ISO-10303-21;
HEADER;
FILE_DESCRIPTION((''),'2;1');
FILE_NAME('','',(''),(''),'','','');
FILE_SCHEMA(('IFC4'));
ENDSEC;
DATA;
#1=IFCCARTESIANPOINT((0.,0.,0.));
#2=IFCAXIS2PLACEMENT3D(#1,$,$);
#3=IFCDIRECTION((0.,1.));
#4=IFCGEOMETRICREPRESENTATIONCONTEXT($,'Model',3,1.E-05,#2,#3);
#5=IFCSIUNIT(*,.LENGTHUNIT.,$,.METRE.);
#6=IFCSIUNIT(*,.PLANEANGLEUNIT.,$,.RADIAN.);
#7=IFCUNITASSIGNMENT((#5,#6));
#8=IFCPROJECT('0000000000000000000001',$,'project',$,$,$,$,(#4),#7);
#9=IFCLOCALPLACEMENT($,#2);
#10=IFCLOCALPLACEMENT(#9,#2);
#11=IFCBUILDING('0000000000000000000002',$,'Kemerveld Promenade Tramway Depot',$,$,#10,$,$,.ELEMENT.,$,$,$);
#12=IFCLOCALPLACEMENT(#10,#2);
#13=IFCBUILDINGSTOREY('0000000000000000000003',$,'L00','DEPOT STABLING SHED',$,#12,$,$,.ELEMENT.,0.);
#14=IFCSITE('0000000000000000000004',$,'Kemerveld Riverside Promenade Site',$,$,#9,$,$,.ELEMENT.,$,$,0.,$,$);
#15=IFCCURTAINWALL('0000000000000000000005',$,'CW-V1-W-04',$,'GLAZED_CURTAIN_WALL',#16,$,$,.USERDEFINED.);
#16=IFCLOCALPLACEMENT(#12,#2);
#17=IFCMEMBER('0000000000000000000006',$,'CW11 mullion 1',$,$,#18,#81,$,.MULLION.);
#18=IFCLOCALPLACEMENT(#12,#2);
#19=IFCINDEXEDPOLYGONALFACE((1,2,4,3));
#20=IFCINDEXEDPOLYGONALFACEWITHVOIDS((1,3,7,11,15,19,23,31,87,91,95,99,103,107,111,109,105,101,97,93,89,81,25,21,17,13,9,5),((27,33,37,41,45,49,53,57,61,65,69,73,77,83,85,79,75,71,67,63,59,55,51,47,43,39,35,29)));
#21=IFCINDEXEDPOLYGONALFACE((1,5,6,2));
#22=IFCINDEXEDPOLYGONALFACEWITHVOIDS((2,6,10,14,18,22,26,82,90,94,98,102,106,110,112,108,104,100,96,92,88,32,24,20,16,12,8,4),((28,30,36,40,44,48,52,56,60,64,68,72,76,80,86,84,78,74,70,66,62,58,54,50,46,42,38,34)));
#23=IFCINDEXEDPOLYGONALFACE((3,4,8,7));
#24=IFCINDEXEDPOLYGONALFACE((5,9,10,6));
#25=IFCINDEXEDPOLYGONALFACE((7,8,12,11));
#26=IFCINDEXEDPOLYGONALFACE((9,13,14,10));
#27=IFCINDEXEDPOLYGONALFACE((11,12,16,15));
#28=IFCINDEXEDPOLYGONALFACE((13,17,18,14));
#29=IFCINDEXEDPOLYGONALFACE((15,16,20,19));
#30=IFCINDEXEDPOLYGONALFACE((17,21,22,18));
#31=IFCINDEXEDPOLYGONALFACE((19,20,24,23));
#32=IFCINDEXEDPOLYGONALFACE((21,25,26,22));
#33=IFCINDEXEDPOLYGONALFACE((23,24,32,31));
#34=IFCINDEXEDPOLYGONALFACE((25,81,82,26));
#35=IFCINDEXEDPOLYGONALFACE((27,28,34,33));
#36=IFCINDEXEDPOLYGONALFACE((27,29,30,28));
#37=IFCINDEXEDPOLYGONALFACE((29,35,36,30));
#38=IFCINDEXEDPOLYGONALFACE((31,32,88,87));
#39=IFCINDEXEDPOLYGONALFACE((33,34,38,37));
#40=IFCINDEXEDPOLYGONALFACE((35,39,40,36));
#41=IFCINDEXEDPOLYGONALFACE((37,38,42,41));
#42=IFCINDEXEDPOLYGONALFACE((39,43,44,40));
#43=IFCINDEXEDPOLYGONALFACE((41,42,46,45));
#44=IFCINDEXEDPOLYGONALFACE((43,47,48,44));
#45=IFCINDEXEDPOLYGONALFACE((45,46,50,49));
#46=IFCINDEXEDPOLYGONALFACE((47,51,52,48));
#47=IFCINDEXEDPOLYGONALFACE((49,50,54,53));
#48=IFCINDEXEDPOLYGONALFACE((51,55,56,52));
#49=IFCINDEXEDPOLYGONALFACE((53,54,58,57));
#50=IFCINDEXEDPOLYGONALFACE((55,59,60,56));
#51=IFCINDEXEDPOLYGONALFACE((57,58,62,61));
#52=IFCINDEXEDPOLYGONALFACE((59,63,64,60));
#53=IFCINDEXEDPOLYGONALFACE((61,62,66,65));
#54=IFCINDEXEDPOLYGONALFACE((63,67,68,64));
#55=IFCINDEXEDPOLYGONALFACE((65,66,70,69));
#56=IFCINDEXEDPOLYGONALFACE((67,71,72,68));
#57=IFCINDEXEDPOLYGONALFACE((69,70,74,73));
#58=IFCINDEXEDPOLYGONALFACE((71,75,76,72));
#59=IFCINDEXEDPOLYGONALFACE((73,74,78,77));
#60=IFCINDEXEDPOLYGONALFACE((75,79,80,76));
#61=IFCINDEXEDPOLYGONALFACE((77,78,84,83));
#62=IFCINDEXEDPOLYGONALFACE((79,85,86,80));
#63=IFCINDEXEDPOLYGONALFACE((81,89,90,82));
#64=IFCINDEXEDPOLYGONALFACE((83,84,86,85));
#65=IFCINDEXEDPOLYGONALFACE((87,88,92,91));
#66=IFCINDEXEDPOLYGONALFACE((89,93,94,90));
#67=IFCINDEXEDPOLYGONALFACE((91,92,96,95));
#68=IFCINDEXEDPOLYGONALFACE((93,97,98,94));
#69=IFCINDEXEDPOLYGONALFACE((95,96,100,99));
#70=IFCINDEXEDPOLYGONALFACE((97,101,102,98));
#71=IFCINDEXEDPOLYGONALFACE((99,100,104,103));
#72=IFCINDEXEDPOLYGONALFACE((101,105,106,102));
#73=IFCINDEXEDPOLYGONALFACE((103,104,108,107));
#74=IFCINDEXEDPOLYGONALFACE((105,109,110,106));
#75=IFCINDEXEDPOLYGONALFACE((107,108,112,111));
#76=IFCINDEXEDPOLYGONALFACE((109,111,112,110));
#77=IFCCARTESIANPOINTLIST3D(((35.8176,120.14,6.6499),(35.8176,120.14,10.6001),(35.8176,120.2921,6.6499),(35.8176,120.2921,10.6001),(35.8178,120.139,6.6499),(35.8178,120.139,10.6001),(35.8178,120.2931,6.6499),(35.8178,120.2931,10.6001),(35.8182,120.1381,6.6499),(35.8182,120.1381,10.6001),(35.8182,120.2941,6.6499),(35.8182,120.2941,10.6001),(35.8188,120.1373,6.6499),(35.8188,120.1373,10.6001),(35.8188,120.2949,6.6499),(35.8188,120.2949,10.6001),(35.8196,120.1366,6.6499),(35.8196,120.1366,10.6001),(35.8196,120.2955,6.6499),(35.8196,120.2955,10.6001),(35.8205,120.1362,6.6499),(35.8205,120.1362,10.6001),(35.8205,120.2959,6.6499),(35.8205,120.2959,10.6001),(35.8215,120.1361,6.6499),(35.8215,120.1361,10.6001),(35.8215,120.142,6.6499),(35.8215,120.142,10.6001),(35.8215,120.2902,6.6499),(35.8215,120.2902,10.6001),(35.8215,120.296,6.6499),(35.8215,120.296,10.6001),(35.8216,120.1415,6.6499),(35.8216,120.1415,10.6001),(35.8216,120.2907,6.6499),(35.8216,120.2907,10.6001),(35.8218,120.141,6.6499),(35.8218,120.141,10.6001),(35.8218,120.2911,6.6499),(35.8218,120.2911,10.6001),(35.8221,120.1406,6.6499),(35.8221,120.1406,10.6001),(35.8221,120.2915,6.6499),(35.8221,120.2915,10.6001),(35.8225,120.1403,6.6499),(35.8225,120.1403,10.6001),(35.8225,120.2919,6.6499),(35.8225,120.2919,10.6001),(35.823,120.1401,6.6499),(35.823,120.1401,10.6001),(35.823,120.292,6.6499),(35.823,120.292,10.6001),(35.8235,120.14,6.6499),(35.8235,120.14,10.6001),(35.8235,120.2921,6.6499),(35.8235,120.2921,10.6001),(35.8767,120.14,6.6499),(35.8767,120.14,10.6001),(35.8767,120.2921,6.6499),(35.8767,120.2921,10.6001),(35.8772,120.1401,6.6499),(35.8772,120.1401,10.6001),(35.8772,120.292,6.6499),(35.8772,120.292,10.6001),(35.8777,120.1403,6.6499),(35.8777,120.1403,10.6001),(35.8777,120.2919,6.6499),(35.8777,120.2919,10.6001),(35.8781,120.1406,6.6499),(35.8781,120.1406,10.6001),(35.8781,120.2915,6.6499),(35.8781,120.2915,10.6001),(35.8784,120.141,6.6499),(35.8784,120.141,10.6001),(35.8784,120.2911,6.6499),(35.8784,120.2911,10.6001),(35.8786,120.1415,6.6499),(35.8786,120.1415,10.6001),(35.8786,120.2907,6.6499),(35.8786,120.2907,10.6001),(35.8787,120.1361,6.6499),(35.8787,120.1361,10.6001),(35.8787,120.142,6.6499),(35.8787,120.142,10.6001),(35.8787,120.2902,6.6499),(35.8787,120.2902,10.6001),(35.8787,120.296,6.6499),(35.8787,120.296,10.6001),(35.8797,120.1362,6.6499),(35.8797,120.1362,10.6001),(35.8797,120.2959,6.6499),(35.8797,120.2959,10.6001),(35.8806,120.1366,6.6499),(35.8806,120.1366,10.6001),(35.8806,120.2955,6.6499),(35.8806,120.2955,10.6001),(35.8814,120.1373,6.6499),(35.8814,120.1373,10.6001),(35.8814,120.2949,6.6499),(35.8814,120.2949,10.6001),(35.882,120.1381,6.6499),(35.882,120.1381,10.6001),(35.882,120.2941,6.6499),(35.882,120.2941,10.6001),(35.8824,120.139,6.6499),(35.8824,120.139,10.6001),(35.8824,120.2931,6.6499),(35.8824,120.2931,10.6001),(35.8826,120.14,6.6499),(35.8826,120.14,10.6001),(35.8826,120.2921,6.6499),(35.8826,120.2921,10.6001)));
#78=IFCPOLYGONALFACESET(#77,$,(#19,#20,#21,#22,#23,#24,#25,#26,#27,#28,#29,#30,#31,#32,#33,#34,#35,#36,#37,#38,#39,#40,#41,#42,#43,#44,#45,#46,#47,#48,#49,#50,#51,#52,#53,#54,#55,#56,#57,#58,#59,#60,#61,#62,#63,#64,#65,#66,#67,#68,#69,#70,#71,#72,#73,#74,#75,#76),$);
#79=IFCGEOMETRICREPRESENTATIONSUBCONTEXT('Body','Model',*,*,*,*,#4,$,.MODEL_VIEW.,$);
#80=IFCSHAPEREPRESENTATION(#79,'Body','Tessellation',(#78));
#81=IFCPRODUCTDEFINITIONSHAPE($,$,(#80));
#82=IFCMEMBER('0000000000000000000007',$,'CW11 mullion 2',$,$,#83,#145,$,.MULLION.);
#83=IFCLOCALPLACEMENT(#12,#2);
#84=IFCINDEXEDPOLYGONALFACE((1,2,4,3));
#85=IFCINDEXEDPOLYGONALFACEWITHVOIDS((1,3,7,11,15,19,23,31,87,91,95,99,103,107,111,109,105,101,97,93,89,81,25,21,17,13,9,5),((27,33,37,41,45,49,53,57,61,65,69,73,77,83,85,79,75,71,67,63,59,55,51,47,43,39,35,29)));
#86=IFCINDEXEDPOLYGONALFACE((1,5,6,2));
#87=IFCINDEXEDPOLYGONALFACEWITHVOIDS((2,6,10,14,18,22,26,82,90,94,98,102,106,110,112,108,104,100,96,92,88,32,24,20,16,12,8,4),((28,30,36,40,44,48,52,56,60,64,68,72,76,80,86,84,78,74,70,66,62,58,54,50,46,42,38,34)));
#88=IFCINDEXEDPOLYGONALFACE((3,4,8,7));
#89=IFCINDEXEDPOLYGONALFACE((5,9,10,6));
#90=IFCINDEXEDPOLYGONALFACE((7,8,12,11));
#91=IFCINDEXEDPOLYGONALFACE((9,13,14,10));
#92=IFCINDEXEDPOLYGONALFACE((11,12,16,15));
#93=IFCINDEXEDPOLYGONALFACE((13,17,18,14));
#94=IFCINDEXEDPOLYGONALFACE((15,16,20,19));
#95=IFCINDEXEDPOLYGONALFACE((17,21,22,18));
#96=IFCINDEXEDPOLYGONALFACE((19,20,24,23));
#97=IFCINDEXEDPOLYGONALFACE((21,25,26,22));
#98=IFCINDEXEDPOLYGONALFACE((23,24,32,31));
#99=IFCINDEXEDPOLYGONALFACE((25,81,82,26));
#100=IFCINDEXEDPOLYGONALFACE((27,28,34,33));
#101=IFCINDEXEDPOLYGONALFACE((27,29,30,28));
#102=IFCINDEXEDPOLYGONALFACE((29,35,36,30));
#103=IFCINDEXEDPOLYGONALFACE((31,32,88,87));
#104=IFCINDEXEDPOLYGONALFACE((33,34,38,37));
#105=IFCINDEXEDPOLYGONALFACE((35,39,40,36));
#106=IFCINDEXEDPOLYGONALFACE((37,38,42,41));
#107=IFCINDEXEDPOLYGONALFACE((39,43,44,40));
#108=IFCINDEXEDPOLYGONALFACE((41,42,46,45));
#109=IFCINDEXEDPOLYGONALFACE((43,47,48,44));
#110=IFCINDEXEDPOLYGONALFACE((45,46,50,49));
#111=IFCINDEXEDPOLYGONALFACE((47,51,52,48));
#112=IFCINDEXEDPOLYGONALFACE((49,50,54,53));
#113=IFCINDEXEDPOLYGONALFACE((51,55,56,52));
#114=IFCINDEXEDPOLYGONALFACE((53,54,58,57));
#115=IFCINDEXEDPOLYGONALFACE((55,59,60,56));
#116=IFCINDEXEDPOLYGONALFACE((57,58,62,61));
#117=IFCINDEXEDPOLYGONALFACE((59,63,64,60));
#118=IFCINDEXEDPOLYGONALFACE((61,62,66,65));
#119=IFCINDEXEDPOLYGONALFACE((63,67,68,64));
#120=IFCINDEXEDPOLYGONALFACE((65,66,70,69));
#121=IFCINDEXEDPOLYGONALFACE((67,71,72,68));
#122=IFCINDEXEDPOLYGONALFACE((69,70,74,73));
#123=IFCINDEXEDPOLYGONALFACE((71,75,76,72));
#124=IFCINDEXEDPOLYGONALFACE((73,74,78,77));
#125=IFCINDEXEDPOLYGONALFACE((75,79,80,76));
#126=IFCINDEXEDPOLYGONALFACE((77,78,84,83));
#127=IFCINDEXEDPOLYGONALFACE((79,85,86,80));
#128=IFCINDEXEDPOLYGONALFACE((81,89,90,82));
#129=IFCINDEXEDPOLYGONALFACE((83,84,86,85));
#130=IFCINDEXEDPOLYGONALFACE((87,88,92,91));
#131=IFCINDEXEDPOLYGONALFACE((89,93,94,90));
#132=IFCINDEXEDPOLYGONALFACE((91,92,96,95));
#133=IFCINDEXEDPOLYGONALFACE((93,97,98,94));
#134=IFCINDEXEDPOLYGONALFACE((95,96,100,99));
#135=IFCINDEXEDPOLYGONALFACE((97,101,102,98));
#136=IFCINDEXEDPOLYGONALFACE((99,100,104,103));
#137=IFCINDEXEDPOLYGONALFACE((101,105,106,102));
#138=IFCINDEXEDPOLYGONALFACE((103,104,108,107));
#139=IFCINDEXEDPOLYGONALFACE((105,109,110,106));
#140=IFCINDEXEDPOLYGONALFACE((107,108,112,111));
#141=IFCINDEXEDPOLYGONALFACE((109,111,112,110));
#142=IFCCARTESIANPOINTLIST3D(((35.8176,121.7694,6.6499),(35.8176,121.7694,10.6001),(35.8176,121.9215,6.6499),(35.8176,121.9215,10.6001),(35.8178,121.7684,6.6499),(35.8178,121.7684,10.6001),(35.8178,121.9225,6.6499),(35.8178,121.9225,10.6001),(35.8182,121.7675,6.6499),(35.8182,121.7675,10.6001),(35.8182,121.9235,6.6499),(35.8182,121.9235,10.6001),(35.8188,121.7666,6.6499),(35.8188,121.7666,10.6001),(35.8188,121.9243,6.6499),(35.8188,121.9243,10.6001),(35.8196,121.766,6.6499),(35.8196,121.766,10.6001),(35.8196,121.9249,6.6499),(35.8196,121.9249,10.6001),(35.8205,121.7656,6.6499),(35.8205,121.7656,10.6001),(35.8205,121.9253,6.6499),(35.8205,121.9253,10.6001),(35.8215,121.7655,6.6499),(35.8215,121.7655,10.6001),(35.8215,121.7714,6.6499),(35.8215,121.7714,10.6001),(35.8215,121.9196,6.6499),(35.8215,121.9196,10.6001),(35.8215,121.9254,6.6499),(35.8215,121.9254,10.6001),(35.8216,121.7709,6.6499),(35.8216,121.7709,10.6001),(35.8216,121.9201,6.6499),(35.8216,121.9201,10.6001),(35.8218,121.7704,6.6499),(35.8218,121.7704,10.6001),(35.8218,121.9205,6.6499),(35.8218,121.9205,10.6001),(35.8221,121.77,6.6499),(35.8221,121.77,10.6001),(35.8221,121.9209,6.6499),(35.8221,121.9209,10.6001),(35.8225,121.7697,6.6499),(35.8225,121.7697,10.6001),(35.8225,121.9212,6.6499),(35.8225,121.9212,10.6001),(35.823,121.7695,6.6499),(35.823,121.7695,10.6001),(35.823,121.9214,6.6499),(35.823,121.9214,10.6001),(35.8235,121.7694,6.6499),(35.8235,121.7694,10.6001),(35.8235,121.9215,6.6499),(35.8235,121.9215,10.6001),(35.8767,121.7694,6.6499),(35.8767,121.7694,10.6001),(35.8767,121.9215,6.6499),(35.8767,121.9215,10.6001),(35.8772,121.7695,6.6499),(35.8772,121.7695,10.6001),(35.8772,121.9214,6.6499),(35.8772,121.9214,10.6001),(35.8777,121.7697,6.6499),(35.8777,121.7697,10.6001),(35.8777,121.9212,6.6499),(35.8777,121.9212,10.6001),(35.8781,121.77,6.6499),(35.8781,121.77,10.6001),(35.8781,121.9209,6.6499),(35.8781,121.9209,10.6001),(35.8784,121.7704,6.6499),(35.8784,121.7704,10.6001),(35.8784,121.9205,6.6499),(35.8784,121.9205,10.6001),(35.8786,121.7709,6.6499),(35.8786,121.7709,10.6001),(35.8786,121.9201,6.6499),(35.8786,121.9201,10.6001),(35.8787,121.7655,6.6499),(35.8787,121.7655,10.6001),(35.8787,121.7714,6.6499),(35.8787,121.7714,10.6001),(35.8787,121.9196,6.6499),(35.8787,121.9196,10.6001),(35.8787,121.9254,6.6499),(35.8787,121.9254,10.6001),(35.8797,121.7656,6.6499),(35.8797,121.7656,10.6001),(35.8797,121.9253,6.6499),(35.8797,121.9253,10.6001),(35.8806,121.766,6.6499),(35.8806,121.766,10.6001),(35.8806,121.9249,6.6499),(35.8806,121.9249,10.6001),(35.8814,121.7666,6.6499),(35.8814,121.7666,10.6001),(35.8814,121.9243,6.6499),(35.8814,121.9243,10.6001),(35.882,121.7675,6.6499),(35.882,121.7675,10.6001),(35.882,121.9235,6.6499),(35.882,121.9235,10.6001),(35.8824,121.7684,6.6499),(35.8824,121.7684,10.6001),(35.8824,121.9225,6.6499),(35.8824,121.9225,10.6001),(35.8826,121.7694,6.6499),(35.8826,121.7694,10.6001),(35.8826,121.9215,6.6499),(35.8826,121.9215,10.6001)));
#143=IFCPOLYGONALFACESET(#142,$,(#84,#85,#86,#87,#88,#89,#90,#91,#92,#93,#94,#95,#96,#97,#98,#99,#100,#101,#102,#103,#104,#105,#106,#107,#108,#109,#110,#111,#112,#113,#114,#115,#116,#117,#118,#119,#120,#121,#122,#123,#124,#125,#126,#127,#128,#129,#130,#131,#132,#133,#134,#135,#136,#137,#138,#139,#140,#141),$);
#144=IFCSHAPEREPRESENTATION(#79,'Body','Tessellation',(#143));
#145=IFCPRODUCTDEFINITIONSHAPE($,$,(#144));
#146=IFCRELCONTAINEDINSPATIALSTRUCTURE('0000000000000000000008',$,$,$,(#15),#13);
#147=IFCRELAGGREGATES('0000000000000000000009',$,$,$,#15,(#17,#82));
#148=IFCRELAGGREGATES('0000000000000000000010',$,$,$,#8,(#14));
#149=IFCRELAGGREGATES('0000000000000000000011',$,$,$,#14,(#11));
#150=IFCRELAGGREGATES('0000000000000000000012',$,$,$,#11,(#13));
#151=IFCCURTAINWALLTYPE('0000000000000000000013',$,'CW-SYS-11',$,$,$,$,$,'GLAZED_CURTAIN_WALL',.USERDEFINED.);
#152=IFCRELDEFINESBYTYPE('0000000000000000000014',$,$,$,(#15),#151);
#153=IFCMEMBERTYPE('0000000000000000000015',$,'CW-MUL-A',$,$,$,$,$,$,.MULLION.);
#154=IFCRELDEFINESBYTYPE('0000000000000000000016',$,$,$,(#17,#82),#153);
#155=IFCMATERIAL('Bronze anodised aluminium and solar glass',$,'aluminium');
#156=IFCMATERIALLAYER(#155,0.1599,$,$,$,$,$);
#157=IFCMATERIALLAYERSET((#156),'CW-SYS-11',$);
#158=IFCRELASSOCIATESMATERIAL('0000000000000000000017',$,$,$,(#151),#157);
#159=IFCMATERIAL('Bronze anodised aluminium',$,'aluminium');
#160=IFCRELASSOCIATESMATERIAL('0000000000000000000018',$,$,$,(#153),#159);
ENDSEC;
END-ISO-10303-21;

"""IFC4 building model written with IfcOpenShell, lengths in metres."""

from ifc_helpers import new_model, si_unit, direction, frame, origin, origin_2d, place, context, subcontext, project, spatial, hollow_rectangle, extrude, material, layer, layer_set, material_profile, profile_set, type_object, element, aggregate, save


model = new_model("IFC4")

# Units and contexts
model_context = context("Model", 3, precision=1e-05, world=origin(), true_north=direction((0.0, 1.0)))
body_context = subcontext(model_context, "Body", "Model", "MODEL_VIEW")
ifc_project = project(units=[si_unit("LENGTHUNIT", "METRE"), si_unit("PLANEANGLEUNIT", "RADIAN")], contexts=[model_context])

# Site, building, storey
site_placement = place(None, origin())
site = spatial("IfcSite", under=ifc_project, at=site_placement, Name="Kemerveld Riverside Promenade Site", CompositionType="ELEMENT", RefElevation=0.0)
building_placement = place(site_placement, origin())
building = spatial("IfcBuilding", under=site, at=building_placement, Name="Kemerveld Promenade Tramway Depot", CompositionType="ELEMENT")
storey_placement = place(building_placement, origin())
storey = spatial("IfcBuildingStorey", under=building, at=storey_placement, Name="L00", Description="DEPOT STABLING SHED", CompositionType="ELEMENT", Elevation=0.0)

# Curtain wall, members
ifc_material_1 = material(Name="Bronze anodised aluminium and solar glass", Category="aluminium")
ifc_layer_1 = layer(ifc_material_1, 0.1599)
ifc_layer_set_1 = layer_set([ifc_layer_1], Name="CW-SYS-11")
curtain_wall_type_1 = type_object("IfcCurtainWallType", Name="CW-SYS-11", ElementType="GLAZED_CURTAIN_WALL", PredefinedType="USERDEFINED", material=ifc_layer_set_1)
curtain_wall_1_placement = place(storey_placement, origin())
curtain_wall_1 = element("IfcCurtainWall", 1, at=curtain_wall_1_placement, inside=storey, type_object=curtain_wall_type_1, Name="CW-V1-W-04", ObjectType="GLAZED_CURTAIN_WALL", PredefinedType="USERDEFINED")
ifc_material_2 = material(Name="Bronze anodised aluminium", Category="aluminium")
ifc_material_profile_1 = material_profile(ifc_material_2, hollow_rectangle(XDim=0.0649, YDim=0.1599, WallThickness=0.0039, InnerFilletRadius=0.002, OuterFilletRadius=0.0039, at=origin_2d()), Name="CW-MUL-160x65")
ifc_profile_set_1 = profile_set([ifc_material_profile_1], Name="Bronze anodised aluminium")
member_type_1 = type_object("IfcMemberType", Name="CW-MUL-A", PredefinedType="MULLION", material=ifc_profile_set_1)
member_1_placement = place(storey_placement, frame((35.8501, 120.2161, 6.6499), z_axis=(0.0, 0.0, 1.0), x_axis=(-1.0, 0.0, 0.0)))
member_1 = element("IfcMember", 2, at=member_1_placement, type_object=member_type_1, Name="CW11 mullion 1", PredefinedType="MULLION", context=body_context, shape_type="SweptSolid", body=[
    extrude(hollow_rectangle(XDim=0.0649, YDim=0.1599, WallThickness=0.0039, InnerFilletRadius=0.002, OuterFilletRadius=0.0039, at=origin_2d()), origin(), (0.0, 0.0, 1.0), 3.9502),
])
member_2_placement = place(storey_placement, frame((35.8501, 121.8455, 6.6499), z_axis=(0.0, 0.0, 1.0), x_axis=(-1.0, 0.0, 0.0)))
member_2 = element("IfcMember", 3, at=member_2_placement, type_object=member_type_1, Name="CW11 mullion 2", PredefinedType="MULLION", context=body_context, shape_type="SweptSolid", body=[
    extrude(hollow_rectangle(XDim=0.0649, YDim=0.1599, WallThickness=0.0039, InnerFilletRadius=0.002, OuterFilletRadius=0.0039, at=origin_2d()), origin(), (0.0, 0.0, 1.0), 3.9502),
])

aggregate(curtain_wall_1, [member_1, member_2])

save(model, "model.ifc")
